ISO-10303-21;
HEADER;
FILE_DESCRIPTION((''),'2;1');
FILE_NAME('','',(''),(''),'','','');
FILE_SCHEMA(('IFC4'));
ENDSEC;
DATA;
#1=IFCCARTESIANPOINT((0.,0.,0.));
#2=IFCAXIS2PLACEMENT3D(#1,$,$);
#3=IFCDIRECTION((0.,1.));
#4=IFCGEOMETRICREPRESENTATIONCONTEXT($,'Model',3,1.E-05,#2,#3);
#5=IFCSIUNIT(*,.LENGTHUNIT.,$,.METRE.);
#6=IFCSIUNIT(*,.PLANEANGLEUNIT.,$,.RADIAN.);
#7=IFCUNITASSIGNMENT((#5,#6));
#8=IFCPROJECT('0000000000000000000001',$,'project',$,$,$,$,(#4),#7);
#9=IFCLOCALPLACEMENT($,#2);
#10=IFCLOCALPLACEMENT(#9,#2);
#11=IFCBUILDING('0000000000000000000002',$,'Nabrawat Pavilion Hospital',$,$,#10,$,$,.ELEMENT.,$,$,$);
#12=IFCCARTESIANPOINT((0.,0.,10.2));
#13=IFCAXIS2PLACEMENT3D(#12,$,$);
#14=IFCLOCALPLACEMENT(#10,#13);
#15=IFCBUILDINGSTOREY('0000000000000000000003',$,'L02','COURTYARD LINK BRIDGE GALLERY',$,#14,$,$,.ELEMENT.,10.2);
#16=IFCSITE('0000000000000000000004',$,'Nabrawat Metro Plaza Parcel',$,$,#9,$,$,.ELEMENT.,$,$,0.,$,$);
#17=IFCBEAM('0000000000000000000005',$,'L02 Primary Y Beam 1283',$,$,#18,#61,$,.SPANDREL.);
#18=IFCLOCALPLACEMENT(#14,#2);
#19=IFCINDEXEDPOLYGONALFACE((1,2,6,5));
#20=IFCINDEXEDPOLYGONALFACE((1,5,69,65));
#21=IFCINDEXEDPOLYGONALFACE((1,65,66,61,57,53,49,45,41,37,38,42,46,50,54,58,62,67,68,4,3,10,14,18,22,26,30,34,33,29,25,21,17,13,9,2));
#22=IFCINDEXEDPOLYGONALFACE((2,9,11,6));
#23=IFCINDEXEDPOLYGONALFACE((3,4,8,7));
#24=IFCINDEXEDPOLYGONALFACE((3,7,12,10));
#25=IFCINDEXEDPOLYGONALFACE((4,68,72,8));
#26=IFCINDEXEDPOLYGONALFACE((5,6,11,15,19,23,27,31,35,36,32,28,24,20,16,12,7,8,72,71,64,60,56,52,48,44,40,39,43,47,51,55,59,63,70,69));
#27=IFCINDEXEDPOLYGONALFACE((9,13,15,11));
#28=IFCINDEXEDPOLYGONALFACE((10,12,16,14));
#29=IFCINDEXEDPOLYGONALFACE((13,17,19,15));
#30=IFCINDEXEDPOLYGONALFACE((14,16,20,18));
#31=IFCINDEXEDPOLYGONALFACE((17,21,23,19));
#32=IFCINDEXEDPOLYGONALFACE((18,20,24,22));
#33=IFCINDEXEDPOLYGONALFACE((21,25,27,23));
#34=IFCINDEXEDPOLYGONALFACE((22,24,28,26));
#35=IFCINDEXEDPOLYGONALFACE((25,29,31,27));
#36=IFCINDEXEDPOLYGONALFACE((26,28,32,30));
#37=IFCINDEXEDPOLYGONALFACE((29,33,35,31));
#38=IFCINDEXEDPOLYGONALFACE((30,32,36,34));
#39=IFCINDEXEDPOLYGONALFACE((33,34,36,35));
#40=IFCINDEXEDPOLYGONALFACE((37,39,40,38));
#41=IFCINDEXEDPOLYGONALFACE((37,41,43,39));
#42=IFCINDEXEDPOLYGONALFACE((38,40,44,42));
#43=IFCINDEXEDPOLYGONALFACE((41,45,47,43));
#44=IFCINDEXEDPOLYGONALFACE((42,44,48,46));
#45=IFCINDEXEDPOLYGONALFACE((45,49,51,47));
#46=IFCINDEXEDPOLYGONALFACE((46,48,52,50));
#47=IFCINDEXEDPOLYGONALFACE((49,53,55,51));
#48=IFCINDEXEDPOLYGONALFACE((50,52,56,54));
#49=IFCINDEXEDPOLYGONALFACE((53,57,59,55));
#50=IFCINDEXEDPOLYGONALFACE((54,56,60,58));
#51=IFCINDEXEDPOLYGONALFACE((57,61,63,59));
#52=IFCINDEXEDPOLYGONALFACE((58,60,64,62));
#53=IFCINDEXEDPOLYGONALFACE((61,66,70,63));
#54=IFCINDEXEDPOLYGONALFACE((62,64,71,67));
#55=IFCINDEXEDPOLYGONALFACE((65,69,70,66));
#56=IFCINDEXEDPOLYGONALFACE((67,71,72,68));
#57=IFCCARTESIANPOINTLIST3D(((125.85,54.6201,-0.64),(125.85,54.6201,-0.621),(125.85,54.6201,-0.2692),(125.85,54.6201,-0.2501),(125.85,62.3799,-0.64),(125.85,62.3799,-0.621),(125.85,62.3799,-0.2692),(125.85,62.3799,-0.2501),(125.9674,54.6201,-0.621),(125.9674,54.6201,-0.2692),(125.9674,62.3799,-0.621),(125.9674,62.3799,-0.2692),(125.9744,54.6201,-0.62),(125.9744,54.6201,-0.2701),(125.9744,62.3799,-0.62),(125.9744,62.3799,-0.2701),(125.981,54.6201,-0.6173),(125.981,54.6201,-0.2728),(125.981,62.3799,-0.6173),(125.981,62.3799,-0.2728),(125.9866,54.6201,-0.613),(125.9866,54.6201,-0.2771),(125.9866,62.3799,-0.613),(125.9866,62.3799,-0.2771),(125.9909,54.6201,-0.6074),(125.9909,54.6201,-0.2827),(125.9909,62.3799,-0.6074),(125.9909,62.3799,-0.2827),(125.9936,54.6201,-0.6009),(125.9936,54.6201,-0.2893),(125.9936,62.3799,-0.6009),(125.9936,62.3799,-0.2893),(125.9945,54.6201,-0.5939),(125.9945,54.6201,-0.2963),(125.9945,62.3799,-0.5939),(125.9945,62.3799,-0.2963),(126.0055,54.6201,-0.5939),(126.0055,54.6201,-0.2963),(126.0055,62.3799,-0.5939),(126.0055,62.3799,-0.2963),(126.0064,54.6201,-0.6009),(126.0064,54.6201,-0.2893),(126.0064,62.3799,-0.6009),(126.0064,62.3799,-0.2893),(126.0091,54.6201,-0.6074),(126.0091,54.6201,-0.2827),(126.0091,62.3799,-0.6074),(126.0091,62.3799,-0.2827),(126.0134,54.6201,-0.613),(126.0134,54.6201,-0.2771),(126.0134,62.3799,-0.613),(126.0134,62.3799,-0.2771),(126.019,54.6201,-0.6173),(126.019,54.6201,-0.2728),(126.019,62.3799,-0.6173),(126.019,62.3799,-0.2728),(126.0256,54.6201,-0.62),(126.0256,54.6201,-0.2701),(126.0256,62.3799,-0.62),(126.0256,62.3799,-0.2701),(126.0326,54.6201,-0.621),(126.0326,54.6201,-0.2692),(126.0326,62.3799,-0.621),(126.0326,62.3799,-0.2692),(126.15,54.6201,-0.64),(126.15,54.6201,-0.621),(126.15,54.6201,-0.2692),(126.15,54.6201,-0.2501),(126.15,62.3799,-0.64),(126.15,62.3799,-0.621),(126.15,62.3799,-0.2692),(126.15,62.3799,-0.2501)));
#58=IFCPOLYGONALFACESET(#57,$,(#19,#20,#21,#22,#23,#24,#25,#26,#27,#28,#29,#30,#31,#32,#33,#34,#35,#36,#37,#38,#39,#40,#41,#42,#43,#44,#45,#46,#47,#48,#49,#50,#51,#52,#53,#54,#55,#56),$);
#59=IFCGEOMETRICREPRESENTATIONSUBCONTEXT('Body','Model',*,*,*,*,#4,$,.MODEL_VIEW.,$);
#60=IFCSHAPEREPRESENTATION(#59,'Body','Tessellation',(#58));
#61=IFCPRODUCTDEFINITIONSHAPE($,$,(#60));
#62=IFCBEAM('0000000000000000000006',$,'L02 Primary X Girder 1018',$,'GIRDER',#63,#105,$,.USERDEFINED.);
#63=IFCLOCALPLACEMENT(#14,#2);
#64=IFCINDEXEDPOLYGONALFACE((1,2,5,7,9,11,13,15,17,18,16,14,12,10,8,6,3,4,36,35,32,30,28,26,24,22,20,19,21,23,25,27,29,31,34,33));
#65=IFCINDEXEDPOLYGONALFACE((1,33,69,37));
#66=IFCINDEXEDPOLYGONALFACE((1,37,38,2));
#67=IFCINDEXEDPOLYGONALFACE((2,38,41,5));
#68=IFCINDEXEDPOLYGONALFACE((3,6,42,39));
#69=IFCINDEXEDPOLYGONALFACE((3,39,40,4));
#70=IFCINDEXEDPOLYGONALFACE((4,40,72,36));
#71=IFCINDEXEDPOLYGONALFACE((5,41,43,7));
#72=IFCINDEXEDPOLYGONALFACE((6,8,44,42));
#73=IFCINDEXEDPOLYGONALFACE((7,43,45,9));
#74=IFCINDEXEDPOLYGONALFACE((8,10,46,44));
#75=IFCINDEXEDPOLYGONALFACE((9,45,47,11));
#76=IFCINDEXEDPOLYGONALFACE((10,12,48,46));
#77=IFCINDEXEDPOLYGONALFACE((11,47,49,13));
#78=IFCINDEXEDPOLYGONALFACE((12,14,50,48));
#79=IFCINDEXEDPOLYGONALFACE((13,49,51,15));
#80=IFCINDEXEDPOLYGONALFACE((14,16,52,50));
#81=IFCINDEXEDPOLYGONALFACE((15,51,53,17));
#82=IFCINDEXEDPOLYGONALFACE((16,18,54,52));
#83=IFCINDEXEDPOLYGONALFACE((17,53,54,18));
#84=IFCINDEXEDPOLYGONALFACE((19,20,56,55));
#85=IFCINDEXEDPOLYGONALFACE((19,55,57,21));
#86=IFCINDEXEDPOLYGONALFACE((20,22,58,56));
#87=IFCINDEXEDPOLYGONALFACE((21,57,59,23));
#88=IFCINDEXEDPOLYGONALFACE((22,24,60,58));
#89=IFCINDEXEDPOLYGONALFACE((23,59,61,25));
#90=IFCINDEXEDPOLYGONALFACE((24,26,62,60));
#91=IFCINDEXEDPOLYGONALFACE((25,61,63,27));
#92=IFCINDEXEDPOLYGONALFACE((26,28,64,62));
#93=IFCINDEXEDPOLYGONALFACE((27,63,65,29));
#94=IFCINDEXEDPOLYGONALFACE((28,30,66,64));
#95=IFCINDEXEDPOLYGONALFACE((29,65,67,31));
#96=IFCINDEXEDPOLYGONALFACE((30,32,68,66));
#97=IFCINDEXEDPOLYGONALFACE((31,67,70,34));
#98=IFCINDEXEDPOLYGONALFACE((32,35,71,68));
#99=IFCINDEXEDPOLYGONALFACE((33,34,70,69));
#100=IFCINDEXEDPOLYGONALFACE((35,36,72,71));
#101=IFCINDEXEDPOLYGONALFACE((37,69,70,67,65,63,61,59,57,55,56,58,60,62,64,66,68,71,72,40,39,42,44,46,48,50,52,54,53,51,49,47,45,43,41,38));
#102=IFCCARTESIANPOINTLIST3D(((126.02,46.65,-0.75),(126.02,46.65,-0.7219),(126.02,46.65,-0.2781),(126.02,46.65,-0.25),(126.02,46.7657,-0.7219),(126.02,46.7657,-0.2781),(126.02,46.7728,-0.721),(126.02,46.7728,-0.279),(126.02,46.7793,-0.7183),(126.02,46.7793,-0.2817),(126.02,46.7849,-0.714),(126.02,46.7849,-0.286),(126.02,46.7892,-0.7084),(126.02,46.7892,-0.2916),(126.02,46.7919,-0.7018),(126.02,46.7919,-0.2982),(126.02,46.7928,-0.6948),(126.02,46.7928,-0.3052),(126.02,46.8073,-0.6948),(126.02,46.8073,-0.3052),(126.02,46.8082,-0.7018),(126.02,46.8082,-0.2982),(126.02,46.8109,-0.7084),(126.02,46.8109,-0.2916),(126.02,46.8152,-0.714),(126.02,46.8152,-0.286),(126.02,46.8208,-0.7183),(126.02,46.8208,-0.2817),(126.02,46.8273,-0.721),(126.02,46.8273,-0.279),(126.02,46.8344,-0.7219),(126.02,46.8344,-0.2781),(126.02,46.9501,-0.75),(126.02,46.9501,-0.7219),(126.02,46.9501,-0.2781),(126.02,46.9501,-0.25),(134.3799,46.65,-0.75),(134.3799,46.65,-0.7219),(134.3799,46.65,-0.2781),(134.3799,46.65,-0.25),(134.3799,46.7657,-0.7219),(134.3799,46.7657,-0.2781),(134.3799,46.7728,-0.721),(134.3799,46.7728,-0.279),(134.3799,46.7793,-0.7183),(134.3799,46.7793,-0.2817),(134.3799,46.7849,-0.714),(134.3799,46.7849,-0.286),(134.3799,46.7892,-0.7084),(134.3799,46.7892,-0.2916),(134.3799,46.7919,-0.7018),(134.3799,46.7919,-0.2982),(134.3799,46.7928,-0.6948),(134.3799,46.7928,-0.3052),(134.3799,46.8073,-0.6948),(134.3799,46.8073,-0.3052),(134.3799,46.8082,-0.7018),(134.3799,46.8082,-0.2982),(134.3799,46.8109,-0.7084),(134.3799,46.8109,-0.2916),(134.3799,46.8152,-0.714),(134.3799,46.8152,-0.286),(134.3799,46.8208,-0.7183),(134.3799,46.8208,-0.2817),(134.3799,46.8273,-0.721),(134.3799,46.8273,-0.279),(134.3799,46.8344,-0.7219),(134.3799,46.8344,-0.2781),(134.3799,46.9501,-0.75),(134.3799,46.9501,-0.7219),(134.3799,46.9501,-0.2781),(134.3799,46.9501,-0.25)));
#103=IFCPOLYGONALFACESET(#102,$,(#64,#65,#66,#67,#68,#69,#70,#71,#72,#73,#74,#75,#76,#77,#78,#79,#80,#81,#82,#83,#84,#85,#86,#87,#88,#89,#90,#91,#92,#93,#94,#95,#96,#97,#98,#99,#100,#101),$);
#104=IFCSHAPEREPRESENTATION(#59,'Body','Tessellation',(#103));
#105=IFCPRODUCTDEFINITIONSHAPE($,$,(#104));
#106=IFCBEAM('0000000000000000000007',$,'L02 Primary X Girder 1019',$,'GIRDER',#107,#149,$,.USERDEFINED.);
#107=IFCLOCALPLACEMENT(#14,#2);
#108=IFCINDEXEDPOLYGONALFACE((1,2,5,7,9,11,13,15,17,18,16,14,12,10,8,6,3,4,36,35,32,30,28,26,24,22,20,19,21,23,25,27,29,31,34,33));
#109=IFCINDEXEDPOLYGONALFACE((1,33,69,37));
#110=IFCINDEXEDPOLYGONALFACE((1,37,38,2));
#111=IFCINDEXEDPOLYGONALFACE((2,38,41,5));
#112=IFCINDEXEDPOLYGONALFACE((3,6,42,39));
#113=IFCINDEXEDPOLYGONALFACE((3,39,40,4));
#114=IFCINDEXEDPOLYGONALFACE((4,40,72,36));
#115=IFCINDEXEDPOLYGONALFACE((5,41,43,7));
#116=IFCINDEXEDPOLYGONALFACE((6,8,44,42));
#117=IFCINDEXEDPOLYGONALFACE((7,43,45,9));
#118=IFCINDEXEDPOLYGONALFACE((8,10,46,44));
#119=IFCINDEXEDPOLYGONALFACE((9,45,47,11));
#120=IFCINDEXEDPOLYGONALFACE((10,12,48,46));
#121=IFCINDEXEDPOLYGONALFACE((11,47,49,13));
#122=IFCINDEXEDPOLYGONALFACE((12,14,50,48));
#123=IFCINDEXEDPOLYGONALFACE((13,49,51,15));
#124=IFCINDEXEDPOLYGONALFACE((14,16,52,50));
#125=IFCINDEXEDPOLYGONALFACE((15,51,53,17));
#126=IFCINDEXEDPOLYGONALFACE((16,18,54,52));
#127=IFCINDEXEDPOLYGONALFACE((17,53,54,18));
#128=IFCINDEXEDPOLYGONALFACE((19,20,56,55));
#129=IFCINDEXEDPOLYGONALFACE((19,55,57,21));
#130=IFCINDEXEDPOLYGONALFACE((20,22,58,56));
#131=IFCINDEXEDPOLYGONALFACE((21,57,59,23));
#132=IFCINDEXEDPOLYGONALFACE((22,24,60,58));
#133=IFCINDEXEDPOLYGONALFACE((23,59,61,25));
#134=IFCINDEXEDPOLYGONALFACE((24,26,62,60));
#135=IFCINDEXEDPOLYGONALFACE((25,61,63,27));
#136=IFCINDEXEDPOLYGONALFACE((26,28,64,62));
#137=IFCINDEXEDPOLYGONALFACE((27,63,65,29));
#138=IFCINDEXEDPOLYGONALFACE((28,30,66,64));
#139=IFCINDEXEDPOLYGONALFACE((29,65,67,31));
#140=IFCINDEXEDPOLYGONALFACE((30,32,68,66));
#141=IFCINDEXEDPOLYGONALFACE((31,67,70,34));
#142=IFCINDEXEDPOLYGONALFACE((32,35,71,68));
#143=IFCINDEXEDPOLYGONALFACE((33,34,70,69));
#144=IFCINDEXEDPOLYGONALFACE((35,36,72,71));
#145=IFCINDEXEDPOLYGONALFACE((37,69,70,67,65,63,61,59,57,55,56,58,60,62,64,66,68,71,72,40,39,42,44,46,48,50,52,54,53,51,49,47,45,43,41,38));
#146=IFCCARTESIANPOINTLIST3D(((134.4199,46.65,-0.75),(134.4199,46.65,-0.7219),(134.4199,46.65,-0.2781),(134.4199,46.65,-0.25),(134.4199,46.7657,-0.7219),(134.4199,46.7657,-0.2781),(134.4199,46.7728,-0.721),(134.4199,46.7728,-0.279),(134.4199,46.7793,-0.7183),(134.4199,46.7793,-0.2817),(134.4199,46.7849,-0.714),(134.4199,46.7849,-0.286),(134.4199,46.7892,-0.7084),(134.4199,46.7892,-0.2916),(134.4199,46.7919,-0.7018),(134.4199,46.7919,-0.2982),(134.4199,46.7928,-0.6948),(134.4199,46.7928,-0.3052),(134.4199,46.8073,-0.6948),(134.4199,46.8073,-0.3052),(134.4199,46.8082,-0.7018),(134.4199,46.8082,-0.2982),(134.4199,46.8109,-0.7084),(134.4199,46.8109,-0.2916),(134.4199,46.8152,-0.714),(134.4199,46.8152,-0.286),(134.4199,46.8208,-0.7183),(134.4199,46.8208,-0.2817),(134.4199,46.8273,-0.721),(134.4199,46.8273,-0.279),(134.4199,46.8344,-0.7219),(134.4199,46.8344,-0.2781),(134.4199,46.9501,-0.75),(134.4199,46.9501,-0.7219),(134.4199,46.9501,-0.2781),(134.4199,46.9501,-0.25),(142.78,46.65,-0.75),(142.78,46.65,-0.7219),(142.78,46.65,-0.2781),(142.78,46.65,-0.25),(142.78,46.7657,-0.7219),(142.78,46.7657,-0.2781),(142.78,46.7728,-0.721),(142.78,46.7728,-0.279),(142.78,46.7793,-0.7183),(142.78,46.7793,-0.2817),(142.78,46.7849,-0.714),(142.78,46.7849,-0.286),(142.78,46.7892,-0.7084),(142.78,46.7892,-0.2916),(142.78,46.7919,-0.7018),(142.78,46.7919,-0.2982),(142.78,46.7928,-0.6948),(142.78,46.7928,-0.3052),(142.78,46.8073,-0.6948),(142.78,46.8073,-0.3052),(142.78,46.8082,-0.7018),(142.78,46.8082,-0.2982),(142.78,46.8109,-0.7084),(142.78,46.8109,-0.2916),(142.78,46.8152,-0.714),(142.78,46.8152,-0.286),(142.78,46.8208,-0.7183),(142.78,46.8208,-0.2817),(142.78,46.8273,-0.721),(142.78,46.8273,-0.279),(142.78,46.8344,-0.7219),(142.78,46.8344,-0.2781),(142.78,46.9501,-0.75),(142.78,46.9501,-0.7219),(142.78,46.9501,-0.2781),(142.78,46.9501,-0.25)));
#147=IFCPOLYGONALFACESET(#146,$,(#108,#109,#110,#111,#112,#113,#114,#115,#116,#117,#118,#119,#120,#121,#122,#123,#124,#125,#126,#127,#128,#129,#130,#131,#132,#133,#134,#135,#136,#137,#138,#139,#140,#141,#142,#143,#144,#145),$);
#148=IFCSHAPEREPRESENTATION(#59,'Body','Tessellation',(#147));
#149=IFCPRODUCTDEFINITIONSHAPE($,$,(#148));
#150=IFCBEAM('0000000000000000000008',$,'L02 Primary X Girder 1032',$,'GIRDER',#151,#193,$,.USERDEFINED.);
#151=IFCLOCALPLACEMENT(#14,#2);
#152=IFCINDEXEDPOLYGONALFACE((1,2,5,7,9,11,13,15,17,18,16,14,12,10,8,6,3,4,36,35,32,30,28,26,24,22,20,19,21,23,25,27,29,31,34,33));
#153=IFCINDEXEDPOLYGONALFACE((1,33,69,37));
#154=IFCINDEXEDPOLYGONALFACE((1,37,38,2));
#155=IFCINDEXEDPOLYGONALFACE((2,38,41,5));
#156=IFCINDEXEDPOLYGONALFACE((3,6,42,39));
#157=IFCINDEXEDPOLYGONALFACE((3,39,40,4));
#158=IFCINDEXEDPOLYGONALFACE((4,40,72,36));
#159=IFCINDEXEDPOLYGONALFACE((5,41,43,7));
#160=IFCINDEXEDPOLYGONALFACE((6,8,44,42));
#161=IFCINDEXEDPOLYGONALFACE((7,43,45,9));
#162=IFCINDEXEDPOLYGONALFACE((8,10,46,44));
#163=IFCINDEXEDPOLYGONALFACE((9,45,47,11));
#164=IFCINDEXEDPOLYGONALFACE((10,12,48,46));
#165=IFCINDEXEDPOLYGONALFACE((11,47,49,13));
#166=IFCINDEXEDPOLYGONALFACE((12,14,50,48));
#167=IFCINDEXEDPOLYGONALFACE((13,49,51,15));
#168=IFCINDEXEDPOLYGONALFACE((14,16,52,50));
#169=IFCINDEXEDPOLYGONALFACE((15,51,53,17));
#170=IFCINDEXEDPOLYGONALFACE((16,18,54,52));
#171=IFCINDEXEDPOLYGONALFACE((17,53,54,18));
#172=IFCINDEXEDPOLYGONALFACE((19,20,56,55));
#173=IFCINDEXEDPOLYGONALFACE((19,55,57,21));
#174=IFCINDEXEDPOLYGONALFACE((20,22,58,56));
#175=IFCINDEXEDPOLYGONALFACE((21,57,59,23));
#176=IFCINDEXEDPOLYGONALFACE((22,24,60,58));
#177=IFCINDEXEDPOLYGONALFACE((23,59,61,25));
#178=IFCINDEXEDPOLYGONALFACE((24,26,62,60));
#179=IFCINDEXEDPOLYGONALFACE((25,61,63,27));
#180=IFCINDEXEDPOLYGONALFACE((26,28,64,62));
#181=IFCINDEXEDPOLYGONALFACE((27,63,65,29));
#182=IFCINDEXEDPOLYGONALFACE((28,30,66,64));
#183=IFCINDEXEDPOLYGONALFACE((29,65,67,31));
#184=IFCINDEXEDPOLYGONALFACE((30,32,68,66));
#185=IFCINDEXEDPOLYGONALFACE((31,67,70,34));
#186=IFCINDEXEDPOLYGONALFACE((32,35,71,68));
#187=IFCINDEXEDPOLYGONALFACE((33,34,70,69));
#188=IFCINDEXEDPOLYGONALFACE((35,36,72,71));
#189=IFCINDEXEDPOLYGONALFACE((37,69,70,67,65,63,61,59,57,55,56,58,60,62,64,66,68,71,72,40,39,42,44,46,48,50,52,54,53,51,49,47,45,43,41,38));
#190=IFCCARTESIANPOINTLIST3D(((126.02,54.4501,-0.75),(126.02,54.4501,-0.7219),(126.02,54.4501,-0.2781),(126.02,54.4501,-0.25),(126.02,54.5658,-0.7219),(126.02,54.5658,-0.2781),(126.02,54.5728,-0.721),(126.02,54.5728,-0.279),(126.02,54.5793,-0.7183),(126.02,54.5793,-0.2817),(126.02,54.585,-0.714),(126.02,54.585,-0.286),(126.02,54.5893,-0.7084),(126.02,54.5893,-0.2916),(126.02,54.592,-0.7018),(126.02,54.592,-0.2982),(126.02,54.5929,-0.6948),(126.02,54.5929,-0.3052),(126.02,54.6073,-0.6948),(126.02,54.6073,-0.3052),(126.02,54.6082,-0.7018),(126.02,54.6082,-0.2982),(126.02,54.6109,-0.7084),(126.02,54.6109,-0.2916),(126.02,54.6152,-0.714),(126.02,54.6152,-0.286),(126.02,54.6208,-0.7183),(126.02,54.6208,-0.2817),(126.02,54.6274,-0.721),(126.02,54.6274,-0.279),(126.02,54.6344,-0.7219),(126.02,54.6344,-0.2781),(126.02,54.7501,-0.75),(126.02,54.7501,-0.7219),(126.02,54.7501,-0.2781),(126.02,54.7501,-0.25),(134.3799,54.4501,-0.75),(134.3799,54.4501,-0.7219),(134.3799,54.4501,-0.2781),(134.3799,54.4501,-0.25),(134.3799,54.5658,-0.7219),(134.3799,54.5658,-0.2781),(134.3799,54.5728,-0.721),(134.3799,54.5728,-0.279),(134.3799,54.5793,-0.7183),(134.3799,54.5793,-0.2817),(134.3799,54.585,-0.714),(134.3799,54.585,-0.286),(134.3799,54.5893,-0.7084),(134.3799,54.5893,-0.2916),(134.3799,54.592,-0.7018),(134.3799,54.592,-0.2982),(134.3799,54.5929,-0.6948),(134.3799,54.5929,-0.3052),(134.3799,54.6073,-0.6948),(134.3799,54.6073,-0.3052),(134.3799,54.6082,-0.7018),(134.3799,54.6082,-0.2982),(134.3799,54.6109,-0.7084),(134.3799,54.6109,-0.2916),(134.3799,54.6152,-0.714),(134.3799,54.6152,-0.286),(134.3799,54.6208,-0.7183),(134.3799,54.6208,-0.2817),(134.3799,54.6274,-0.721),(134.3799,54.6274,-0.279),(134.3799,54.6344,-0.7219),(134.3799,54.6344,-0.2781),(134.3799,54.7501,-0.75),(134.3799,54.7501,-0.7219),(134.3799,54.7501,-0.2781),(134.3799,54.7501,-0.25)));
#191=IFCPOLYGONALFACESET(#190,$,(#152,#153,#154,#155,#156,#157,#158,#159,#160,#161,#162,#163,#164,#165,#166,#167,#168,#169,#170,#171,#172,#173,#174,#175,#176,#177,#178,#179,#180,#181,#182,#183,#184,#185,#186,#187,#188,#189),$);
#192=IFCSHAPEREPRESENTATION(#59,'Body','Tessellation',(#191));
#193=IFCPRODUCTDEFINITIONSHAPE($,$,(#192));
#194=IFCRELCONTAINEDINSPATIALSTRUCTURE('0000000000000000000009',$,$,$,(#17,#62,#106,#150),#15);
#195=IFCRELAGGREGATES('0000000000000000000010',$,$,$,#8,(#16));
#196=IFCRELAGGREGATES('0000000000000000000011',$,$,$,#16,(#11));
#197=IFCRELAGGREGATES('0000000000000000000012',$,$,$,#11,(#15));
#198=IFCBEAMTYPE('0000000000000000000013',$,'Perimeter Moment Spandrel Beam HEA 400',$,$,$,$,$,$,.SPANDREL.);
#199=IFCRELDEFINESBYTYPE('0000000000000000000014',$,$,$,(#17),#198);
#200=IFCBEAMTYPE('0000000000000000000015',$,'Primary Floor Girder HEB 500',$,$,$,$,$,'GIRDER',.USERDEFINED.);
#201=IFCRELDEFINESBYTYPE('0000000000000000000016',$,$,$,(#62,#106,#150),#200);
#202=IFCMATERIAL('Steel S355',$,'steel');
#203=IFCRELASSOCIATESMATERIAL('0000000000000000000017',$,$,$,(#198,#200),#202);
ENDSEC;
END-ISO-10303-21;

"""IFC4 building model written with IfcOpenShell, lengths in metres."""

from ifc_helpers import new_model, si_unit, direction, frame, origin, origin_2d, place, context, subcontext, project, spatial, i_section, extrude, material, material_profile, profile_set, type_object, element, save


model = new_model("IFC4")

# Units and contexts
model_context = context("Model", 3, precision=1e-05, world=origin(), true_north=direction((0.0, 1.0)))
body_context = subcontext(model_context, "Body", "Model", "MODEL_VIEW")
ifc_project = project(units=[si_unit("LENGTHUNIT", "METRE"), si_unit("PLANEANGLEUNIT", "RADIAN")], contexts=[model_context])

# Site, building, storey
site_placement = place(None, origin())
site = spatial("IfcSite", under=ifc_project, at=site_placement, Name="Nabrawat Metro Plaza Parcel", CompositionType="ELEMENT", RefElevation=0.0)
building_placement = place(site_placement, origin())
building = spatial("IfcBuilding", under=site, at=building_placement, Name="Nabrawat Pavilion Hospital", CompositionType="ELEMENT")
storey_placement = place(building_placement, frame((0.0, 0.0, 10.2)))
storey = spatial("IfcBuildingStorey", under=building, at=storey_placement, Name="L02", Description="COURTYARD LINK BRIDGE GALLERY", CompositionType="ELEMENT", Elevation=10.2)

# Shared definitions
ifc_material_1 = material(Name="Steel S355", Category="steel")

# Beams
ifc_material_profile_1 = material_profile(ifc_material_1, i_section(OverallWidth=0.3, OverallDepth=0.3899, WebThickness=0.011, FlangeThickness=0.019, FilletRadius=0.0271, at=origin_2d()), Name="HEA 400")
ifc_profile_set_1 = profile_set([ifc_material_profile_1], Name="Steel S355")
beam_type_1 = type_object("IfcBeamType", Name="Perimeter Moment Spandrel Beam HEA 400", PredefinedType="SPANDREL", material=ifc_profile_set_1)
beam_1_placement = place(storey_placement, frame((126.0, 54.6201, -0.4451), z_axis=(0.0, 1.0, 0.0), x_axis=(-1.0, 0.0, 0.0)))
element("IfcBeam", 1, at=beam_1_placement, inside=storey, type_object=beam_type_1, Name="L02 Primary Y Beam 1283", PredefinedType="SPANDREL", context=body_context, shape_type="SweptSolid", body=[
    extrude(i_section(OverallWidth=0.3, OverallDepth=0.3899, WebThickness=0.011, FlangeThickness=0.019, FilletRadius=0.0271, at=origin_2d()), origin(), (0.0, 0.0, 1.0), 7.7598),
])
ifc_material_profile_2 = material_profile(ifc_material_1, i_section(OverallWidth=0.3, OverallDepth=0.5, WebThickness=0.0144, FlangeThickness=0.0281, FilletRadius=0.0271, at=origin_2d()), Name="HEB 500")
ifc_profile_set_2 = profile_set([ifc_material_profile_2], Name="Steel S355")
beam_type_2 = type_object("IfcBeamType", Name="Primary Floor Girder HEB 500", ElementType="GIRDER", PredefinedType="USERDEFINED", material=ifc_profile_set_2)
beam_2_placement = place(storey_placement, frame((126.02, 46.8, -0.5), z_axis=(1.0, 0.0, 0.0), x_axis=(0.0, 1.0, 0.0)))
element("IfcBeam", 2, at=beam_2_placement, inside=storey, type_object=beam_type_2, Name="L02 Primary X Girder 1018", ObjectType="GIRDER", PredefinedType="USERDEFINED", context=body_context, shape_type="SweptSolid", body=[
    extrude(i_section(OverallWidth=0.3, OverallDepth=0.5, WebThickness=0.0144, FlangeThickness=0.0281, FilletRadius=0.0271, at=origin_2d()), origin(), (0.0, 0.0, 1.0), 8.3599),
])
beam_3_placement = place(storey_placement, frame((134.4199, 46.8, -0.5), z_axis=(1.0, 0.0, 0.0), x_axis=(0.0, 1.0, 0.0)))
element("IfcBeam", 3, at=beam_3_placement, inside=storey, type_object=beam_type_2, Name="L02 Primary X Girder 1019", ObjectType="GIRDER", PredefinedType="USERDEFINED", context=body_context, shape_type="SweptSolid", body=[
    extrude(i_section(OverallWidth=0.3, OverallDepth=0.5, WebThickness=0.0144, FlangeThickness=0.0281, FilletRadius=0.0271, at=origin_2d()), origin(), (0.0, 0.0, 1.0), 8.3601),
])
beam_4_placement = place(storey_placement, frame((126.02, 54.6001, -0.5), z_axis=(1.0, 0.0, 0.0), x_axis=(0.0, 1.0, 0.0)))
element("IfcBeam", 4, at=beam_4_placement, inside=storey, type_object=beam_type_2, Name="L02 Primary X Girder 1032", ObjectType="GIRDER", PredefinedType="USERDEFINED", context=body_context, shape_type="SweptSolid", body=[
    extrude(i_section(OverallWidth=0.3, OverallDepth=0.5, WebThickness=0.0144, FlangeThickness=0.0281, FilletRadius=0.0271, at=origin_2d()), origin(), (0.0, 0.0, 1.0), 8.3599),
])

save(model, "model.ifc")
